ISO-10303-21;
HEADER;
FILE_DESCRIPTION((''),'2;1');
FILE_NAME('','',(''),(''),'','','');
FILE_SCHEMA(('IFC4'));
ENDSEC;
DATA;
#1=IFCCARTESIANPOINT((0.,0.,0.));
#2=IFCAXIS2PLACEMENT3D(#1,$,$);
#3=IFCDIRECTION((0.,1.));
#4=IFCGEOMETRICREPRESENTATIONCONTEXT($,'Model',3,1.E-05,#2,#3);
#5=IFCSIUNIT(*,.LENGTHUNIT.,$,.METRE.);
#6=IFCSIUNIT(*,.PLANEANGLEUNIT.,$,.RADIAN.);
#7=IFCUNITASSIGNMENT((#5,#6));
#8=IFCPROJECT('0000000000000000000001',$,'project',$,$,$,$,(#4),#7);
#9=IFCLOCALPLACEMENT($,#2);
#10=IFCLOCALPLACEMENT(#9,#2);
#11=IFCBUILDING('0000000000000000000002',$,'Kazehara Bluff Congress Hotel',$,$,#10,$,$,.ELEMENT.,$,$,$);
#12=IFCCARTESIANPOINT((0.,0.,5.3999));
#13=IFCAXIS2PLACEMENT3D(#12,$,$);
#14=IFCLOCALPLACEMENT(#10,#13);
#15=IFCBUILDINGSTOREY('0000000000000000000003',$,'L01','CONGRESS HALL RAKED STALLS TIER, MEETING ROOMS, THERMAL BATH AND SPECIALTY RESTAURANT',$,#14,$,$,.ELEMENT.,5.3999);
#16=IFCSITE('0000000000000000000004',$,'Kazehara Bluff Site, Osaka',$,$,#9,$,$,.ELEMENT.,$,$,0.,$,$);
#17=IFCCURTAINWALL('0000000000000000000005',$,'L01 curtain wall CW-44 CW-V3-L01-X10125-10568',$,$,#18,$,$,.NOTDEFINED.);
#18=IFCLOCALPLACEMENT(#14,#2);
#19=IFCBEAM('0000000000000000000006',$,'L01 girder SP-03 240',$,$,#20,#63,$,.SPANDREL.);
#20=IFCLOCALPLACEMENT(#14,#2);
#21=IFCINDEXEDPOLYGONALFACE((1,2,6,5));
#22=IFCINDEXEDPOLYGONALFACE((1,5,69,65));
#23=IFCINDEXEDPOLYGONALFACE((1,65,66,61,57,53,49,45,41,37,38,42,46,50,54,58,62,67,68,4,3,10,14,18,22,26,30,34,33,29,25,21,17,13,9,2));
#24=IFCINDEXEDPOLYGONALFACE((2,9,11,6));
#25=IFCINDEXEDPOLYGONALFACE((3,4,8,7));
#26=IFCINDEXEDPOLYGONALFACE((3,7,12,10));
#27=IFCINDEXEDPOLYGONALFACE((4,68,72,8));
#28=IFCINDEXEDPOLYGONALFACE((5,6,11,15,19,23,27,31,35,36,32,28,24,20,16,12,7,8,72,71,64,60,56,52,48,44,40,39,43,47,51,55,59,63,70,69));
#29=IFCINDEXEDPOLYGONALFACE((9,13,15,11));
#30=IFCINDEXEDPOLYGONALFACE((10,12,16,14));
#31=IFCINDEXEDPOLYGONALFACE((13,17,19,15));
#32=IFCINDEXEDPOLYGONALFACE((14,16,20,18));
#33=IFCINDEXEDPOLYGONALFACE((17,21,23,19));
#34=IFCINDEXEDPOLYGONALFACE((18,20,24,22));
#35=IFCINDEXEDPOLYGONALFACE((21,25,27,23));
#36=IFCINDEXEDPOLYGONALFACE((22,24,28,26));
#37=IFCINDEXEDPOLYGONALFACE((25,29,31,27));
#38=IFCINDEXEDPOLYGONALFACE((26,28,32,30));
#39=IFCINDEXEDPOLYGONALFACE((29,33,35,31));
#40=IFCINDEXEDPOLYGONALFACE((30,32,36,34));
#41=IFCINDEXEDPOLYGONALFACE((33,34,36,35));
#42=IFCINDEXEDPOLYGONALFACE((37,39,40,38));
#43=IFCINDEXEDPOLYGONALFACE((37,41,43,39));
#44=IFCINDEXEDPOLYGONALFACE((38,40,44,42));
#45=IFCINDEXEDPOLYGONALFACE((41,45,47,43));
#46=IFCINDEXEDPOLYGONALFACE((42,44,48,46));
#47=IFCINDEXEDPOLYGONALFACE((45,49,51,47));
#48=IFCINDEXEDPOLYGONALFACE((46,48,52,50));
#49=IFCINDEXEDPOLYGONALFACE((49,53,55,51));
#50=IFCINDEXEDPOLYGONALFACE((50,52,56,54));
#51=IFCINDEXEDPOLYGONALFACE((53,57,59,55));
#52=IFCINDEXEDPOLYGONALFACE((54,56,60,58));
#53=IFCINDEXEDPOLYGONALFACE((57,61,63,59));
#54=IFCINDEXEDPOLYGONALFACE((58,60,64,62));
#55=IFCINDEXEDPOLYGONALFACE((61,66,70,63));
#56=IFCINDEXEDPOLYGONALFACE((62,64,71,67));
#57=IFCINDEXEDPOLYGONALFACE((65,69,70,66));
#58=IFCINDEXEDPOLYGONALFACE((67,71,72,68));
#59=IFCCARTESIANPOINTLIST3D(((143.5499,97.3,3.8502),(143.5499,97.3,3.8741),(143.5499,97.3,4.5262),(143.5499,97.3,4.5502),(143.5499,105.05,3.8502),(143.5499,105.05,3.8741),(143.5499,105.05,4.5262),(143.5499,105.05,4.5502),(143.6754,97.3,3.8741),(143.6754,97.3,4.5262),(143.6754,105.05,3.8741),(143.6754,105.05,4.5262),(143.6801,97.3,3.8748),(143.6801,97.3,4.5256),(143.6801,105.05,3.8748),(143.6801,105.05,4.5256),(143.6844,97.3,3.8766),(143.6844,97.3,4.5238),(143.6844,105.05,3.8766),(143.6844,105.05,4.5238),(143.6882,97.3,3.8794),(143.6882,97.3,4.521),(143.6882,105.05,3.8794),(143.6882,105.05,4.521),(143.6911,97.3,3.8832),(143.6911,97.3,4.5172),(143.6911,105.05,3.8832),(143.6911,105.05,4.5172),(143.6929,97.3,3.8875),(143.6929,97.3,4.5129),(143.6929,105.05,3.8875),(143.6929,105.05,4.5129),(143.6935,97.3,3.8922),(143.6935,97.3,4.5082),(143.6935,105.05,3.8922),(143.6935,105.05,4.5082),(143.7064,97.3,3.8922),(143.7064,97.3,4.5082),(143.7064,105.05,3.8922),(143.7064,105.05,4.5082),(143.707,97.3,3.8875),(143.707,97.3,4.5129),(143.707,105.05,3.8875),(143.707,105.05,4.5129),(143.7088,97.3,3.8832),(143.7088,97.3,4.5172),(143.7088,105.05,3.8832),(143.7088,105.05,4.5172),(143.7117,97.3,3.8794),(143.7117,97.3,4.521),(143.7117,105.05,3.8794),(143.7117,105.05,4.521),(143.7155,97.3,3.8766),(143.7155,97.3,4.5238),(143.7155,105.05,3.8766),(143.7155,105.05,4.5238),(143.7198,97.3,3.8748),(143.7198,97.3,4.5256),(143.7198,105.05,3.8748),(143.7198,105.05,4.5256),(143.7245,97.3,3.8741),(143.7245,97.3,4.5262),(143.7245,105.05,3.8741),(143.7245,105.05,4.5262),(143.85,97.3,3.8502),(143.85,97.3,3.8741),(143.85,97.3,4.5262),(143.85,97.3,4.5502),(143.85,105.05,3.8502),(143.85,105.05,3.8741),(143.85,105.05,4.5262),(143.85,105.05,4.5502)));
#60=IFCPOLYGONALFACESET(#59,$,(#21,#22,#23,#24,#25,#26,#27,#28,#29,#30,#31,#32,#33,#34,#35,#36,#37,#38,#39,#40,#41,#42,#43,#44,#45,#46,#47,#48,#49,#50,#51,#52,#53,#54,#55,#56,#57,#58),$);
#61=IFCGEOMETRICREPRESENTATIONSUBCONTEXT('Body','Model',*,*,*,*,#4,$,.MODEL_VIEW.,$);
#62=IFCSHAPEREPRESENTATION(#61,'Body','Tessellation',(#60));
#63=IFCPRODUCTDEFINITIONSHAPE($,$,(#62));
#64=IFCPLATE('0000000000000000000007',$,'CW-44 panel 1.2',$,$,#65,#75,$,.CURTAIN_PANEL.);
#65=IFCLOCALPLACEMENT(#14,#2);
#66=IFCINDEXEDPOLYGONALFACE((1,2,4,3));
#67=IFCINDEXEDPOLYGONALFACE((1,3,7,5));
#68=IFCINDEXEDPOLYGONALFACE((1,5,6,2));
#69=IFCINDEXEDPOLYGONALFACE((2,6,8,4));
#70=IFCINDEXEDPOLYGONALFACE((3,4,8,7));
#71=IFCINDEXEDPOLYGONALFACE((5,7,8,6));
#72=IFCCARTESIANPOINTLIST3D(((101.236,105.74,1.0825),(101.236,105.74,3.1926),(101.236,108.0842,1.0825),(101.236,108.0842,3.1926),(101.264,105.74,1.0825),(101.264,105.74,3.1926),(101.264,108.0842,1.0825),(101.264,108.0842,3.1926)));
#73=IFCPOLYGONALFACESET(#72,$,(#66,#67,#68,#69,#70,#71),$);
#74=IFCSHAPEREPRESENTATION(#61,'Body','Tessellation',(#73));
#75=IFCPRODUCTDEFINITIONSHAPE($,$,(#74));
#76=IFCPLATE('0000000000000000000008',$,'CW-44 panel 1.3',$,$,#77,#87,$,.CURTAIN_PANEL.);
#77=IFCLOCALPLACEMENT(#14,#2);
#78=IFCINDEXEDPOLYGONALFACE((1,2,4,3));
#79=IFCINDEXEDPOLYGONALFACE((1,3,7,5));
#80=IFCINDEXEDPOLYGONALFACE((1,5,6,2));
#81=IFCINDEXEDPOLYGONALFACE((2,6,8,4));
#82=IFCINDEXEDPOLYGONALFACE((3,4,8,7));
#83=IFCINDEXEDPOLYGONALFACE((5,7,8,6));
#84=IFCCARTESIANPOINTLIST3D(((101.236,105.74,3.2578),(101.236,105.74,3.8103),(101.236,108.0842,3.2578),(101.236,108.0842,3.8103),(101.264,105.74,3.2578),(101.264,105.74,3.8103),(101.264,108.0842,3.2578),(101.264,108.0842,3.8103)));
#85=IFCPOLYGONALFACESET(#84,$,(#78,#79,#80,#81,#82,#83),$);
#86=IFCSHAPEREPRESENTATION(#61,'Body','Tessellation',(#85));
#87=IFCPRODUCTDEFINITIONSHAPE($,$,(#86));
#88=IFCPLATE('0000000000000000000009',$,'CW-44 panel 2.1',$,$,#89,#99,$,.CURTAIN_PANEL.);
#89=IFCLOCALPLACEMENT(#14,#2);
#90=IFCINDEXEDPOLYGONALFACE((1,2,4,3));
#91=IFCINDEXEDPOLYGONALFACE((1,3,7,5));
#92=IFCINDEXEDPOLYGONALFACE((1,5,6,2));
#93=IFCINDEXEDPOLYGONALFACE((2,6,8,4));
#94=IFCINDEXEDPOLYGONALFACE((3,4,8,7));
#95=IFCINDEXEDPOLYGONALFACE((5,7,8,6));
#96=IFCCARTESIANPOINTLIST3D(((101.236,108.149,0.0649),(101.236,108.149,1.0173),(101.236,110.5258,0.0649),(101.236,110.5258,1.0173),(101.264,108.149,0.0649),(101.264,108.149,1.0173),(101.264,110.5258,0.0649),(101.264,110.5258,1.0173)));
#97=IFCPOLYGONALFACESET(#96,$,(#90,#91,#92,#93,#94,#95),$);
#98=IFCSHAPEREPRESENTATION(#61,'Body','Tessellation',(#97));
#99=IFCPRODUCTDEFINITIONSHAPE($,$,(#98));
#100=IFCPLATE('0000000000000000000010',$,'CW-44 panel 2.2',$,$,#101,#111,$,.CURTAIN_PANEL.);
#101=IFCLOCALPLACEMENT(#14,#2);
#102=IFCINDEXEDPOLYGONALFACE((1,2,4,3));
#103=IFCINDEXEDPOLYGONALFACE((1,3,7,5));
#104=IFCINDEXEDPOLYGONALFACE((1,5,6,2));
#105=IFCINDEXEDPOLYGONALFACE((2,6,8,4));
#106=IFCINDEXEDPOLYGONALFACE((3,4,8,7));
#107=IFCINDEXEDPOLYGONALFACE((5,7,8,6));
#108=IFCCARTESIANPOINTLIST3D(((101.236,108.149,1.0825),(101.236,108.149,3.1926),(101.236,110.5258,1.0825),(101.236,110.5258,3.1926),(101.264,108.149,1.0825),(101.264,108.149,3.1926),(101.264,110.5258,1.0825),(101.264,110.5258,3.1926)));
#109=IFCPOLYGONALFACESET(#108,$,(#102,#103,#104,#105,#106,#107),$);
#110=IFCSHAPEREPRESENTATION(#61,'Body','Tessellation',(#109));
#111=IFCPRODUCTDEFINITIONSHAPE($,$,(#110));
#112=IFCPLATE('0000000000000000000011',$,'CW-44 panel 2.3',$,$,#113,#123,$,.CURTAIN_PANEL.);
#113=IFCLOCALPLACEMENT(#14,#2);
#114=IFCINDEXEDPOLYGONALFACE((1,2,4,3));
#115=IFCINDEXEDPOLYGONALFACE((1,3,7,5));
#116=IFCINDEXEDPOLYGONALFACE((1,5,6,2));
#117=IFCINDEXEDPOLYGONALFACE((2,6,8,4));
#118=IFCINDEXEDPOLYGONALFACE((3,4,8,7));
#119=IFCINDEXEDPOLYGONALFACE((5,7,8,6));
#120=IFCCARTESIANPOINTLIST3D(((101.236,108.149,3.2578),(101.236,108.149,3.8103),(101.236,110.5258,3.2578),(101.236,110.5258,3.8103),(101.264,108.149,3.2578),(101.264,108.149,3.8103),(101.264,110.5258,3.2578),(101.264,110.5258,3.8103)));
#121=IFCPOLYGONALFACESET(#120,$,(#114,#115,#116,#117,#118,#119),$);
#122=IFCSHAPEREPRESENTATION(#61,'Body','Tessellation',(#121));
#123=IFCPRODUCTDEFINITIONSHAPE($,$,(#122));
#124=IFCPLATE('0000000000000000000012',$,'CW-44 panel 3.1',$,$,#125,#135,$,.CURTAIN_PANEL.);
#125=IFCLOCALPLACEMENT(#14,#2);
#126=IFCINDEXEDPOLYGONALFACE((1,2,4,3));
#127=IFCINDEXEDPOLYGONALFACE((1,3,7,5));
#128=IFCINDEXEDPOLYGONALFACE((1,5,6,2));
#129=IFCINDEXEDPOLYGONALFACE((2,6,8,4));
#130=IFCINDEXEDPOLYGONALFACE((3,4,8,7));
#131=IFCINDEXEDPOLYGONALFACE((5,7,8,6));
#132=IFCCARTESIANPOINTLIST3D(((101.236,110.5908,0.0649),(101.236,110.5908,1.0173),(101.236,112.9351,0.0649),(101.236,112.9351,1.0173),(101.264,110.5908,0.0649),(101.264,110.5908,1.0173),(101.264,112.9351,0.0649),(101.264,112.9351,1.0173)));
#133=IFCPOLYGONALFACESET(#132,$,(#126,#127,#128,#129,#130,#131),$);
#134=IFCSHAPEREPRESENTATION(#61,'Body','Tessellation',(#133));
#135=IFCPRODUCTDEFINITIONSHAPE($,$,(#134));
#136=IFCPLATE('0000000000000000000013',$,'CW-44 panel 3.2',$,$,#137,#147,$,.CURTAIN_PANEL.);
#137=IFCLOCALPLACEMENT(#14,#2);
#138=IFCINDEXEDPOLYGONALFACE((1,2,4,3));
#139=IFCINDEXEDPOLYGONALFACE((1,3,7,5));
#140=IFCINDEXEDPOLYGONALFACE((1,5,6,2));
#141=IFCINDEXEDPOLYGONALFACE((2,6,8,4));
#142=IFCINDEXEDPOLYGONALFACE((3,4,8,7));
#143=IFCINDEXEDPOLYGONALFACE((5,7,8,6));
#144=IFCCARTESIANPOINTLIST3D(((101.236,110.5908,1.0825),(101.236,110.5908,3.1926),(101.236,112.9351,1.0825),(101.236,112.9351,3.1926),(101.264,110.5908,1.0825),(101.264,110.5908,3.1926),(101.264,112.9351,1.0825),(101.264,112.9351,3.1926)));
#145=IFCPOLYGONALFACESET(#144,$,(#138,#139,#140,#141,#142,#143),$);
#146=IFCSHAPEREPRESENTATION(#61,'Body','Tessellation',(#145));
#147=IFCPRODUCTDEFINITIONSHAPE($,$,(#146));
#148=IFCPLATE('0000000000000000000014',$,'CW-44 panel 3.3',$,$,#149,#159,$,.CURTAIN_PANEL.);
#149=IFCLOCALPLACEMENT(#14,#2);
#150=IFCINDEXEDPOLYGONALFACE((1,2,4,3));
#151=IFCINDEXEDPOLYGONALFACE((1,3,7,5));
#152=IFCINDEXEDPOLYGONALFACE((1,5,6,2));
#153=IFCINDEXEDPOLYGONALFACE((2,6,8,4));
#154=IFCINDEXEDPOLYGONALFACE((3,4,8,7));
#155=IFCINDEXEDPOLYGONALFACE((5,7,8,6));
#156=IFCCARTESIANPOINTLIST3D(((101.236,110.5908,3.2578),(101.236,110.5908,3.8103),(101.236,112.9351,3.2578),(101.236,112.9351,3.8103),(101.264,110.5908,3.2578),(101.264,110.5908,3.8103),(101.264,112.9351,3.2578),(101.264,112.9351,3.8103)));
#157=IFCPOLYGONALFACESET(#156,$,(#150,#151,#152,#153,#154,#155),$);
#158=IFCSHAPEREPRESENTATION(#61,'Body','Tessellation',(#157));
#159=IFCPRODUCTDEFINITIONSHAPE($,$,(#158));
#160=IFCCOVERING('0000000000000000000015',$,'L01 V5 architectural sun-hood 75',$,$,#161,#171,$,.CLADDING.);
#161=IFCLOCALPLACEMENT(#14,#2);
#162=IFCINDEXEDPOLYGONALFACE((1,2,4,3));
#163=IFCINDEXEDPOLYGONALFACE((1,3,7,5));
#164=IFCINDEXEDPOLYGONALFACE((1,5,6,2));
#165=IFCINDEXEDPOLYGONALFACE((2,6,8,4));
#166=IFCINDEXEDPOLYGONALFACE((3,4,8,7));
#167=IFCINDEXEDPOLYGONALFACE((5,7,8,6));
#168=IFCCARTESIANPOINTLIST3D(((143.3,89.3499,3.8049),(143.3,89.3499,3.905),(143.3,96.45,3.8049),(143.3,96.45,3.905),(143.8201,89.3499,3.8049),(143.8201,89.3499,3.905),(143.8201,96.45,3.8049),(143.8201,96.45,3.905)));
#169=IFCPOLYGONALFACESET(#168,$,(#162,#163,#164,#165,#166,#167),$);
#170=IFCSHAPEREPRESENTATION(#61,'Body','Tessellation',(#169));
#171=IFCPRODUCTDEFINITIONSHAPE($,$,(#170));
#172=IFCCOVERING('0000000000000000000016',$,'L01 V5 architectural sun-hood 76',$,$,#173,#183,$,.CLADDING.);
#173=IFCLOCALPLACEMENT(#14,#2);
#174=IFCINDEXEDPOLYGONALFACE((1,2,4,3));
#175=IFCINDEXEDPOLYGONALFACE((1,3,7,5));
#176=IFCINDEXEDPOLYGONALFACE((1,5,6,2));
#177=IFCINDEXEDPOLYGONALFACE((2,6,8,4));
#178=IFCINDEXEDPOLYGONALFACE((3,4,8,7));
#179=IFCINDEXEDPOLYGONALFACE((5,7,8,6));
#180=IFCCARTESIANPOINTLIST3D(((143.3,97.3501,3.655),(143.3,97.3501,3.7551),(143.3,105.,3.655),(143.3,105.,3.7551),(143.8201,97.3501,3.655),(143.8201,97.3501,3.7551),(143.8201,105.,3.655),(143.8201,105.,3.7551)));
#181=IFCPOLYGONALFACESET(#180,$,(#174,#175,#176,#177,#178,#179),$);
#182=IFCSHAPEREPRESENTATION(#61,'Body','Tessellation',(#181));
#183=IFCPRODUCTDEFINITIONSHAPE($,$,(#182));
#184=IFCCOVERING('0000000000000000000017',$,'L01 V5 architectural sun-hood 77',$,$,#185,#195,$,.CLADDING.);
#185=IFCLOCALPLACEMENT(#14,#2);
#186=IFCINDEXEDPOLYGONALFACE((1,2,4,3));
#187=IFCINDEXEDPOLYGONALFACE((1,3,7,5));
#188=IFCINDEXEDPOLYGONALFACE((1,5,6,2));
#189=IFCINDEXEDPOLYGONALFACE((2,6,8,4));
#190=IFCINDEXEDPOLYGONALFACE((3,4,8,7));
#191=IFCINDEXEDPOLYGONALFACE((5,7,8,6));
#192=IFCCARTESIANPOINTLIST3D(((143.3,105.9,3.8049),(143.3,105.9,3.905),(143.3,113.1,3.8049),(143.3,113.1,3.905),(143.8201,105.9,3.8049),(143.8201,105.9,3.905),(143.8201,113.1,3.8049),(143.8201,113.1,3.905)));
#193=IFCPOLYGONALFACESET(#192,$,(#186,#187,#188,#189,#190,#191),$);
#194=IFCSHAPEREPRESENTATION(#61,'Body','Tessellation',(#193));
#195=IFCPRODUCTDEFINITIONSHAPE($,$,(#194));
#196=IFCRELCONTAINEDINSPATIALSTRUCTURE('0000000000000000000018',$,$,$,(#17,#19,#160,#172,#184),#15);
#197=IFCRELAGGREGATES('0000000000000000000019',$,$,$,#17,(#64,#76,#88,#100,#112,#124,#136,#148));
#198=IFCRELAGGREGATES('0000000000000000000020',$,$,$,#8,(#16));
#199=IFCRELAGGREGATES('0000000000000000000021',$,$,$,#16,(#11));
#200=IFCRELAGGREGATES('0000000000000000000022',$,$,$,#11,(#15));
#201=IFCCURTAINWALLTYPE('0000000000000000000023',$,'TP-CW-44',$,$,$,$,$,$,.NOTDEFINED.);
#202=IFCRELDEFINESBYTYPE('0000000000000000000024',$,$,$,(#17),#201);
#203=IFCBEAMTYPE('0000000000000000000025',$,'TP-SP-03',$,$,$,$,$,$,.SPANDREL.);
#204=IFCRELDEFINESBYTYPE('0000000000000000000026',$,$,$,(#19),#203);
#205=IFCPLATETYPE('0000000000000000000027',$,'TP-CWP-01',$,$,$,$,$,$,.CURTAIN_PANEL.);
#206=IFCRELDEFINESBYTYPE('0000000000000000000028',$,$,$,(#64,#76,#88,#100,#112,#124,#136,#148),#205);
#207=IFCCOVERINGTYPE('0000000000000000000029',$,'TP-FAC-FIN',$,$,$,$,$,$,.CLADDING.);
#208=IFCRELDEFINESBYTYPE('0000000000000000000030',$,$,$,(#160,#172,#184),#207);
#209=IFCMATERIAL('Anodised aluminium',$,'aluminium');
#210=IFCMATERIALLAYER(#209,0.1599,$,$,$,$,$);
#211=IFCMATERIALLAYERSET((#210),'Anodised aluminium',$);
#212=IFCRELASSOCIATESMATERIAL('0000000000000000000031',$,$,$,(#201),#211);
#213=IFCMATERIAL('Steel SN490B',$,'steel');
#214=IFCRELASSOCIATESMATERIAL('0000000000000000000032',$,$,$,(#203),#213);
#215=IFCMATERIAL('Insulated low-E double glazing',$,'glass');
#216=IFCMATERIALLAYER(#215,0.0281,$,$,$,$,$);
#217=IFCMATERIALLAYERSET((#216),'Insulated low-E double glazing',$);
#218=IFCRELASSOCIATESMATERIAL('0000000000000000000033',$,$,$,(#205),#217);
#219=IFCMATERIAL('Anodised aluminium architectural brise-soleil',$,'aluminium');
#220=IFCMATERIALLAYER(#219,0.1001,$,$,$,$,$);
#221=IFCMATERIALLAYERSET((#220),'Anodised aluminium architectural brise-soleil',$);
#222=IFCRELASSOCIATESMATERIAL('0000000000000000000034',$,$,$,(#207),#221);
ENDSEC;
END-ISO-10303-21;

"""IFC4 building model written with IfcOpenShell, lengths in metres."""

from ifc_helpers import new_model, si_unit, direction, frame, origin, origin_2d, place, context, subcontext, project, spatial, rectangle, i_section, extrude, material, layer, layer_set, material_profile, profile_set, type_object, element, aggregate, save


model = new_model("IFC4")

# Units and contexts
model_context = context("Model", 3, precision=1e-05, world=origin(), true_north=direction((0.0, 1.0)))
body_context = subcontext(model_context, "Body", "Model", "MODEL_VIEW")
ifc_project = project(units=[si_unit("LENGTHUNIT", "METRE"), si_unit("PLANEANGLEUNIT", "RADIAN")], contexts=[model_context])

# Site, building, storey
site_placement = place(None, origin())
site = spatial("IfcSite", under=ifc_project, at=site_placement, Name="Kazehara Bluff Site, Osaka", CompositionType="ELEMENT", RefElevation=0.0)
building_placement = place(site_placement, origin())
building = spatial("IfcBuilding", under=site, at=building_placement, Name="Kazehara Bluff Congress Hotel", CompositionType="ELEMENT")
storey_placement = place(building_placement, frame((0.0, 0.0, 5.3999)))
storey = spatial("IfcBuildingStorey", under=building, at=storey_placement, Name="L01", Description="CONGRESS HALL RAKED STALLS TIER, MEETING ROOMS, THERMAL BATH AND SPECIALTY RESTAURANT", CompositionType="ELEMENT", Elevation=5.3999)

# Curtain wall
ifc_material_1 = material(Name="Anodised aluminium", Category="aluminium")
ifc_layer_1 = layer(ifc_material_1, 0.1599)
ifc_layer_set_1 = layer_set([ifc_layer_1], Name="Anodised aluminium")
curtain_wall_type = type_object("IfcCurtainWallType", Name="TP-CW-44", PredefinedType="NOTDEFINED", material=ifc_layer_set_1)
curtain_wall_placement = place(storey_placement, origin())
curtain_wall = element("IfcCurtainWall", 1, at=curtain_wall_placement, inside=storey, type_object=curtain_wall_type, Name="L01 curtain wall CW-44 CW-V3-L01-X10125-10568", PredefinedType="NOTDEFINED")

# Beam
ifc_material_2 = material(Name="Steel SN490B", Category="steel")
ifc_material_profile_1 = material_profile(ifc_material_2, i_section(OverallWidth=0.3, OverallDepth=0.7, WebThickness=0.0129, FlangeThickness=0.0239, FilletRadius=0.0181, at=origin_2d()))
ifc_profile_set_1 = profile_set([ifc_material_profile_1], Name="Steel SN490B")
beam_type_1 = type_object("IfcBeamType", Name="TP-SP-03", PredefinedType="SPANDREL", material=ifc_profile_set_1)
beam_1_placement = place(storey_placement, frame((143.7, 97.3, 4.2002), z_axis=(0.0, 1.0, 0.0), x_axis=(-1.0, 0.0, 0.0)))
element("IfcBeam", 2, at=beam_1_placement, inside=storey, type_object=beam_type_1, Name="L01 girder SP-03 240", PredefinedType="SPANDREL", context=body_context, shape_type="SweptSolid", body=[
    extrude(i_section(OverallWidth=0.3, OverallDepth=0.7, WebThickness=0.0129, FlangeThickness=0.0239, FilletRadius=0.0181, at=origin_2d()), origin(), (0.0, 0.0, 1.0), 7.75),
])

# Plates
ifc_material_3 = material(Name="Insulated low-E double glazing", Category="glass")
ifc_layer_2 = layer(ifc_material_3, 0.0281)
ifc_layer_set_2 = layer_set([ifc_layer_2], Name="Insulated low-E double glazing")
plate_type = type_object("IfcPlateType", Name="TP-CWP-01", PredefinedType="CURTAIN_PANEL", material=ifc_layer_set_2)
plate_1_placement = place(storey_placement, frame((101.25, 106.9121, 1.0825), z_axis=(0.0, 0.0, 1.0), x_axis=(0.0, 1.0, 0.0)))
plate_1 = element("IfcPlate", 3, at=plate_1_placement, type_object=plate_type, Name="CW-44 panel 1.2", PredefinedType="CURTAIN_PANEL", context=body_context, shape_type="SweptSolid", body=[
    extrude(rectangle(XDim=2.3442, YDim=0.0281, at=origin_2d()), origin(), (0.0, 0.0, 1.0), 2.1101),
])
plate_2_placement = place(storey_placement, frame((101.25, 106.9121, 3.2578), z_axis=(0.0, 0.0, 1.0), x_axis=(0.0, 1.0, 0.0)))
plate_2 = element("IfcPlate", 4, at=plate_2_placement, type_object=plate_type, Name="CW-44 panel 1.3", PredefinedType="CURTAIN_PANEL", context=body_context, shape_type="SweptSolid", body=[
    extrude(rectangle(XDim=2.3442, YDim=0.0281, at=origin_2d()), origin(), (0.0, 0.0, 1.0), 0.5525),
])
plate_3_placement = place(storey_placement, frame((101.25, 109.3374, 0.0649), z_axis=(0.0, 0.0, 1.0), x_axis=(0.0, 1.0, 0.0)))
plate_3 = element("IfcPlate", 5, at=plate_3_placement, type_object=plate_type, Name="CW-44 panel 2.1", PredefinedType="CURTAIN_PANEL", context=body_context, shape_type="SweptSolid", body=[
    extrude(rectangle(XDim=2.3767, YDim=0.0281, at=origin_2d()), origin(), (0.0, 0.0, 1.0), 0.9524),
])
plate_4_placement = place(storey_placement, frame((101.25, 109.3374, 1.0825), z_axis=(0.0, 0.0, 1.0), x_axis=(0.0, 1.0, 0.0)))
plate_4 = element("IfcPlate", 6, at=plate_4_placement, type_object=plate_type, Name="CW-44 panel 2.2", PredefinedType="CURTAIN_PANEL", context=body_context, shape_type="SweptSolid", body=[
    extrude(rectangle(XDim=2.3767, YDim=0.0281, at=origin_2d()), origin(), (0.0, 0.0, 1.0), 2.1101),
])
plate_5_placement = place(storey_placement, frame((101.25, 109.3374, 3.2578), z_axis=(0.0, 0.0, 1.0), x_axis=(0.0, 1.0, 0.0)))
plate_5 = element("IfcPlate", 7, at=plate_5_placement, type_object=plate_type, Name="CW-44 panel 2.3", PredefinedType="CURTAIN_PANEL", context=body_context, shape_type="SweptSolid", body=[
    extrude(rectangle(XDim=2.3767, YDim=0.0281, at=origin_2d()), origin(), (0.0, 0.0, 1.0), 0.5525),
])
plate_6_placement = place(storey_placement, frame((101.25, 111.7629, 0.0649), z_axis=(0.0, 0.0, 1.0), x_axis=(0.0, 1.0, 0.0)))
plate_6 = element("IfcPlate", 8, at=plate_6_placement, type_object=plate_type, Name="CW-44 panel 3.1", PredefinedType="CURTAIN_PANEL", context=body_context, shape_type="SweptSolid", body=[
    extrude(rectangle(XDim=2.3442, YDim=0.0281, at=origin_2d()), origin(), (0.0, 0.0, 1.0), 0.9524),
])
plate_7_placement = place(storey_placement, frame((101.25, 111.7629, 1.0825), z_axis=(0.0, 0.0, 1.0), x_axis=(0.0, 1.0, 0.0)))
plate_7 = element("IfcPlate", 9, at=plate_7_placement, type_object=plate_type, Name="CW-44 panel 3.2", PredefinedType="CURTAIN_PANEL", context=body_context, shape_type="SweptSolid", body=[
    extrude(rectangle(XDim=2.3442, YDim=0.0281, at=origin_2d()), origin(), (0.0, 0.0, 1.0), 2.1101),
])
plate_8_placement = place(storey_placement, frame((101.25, 111.7629, 3.2578), z_axis=(0.0, 0.0, 1.0), x_axis=(0.0, 1.0, 0.0)))
plate_8 = element("IfcPlate", 10, at=plate_8_placement, type_object=plate_type, Name="CW-44 panel 3.3", PredefinedType="CURTAIN_PANEL", context=body_context, shape_type="SweptSolid", body=[
    extrude(rectangle(XDim=2.3442, YDim=0.0281, at=origin_2d()), origin(), (0.0, 0.0, 1.0), 0.5525),
])
aggregate(curtain_wall, [plate_1, plate_2, plate_3, plate_4, plate_5, plate_6, plate_7, plate_8])

# Coverings
ifc_material_4 = material(Name="Anodised aluminium architectural brise-soleil", Category="aluminium")
ifc_layer_3 = layer(ifc_material_4, 0.1001)
ifc_layer_set_3 = layer_set([ifc_layer_3], Name="Anodised aluminium architectural brise-soleil")
covering_type = type_object("IfcCoveringType", Name="TP-FAC-FIN", PredefinedType="CLADDING", material=ifc_layer_set_3)
covering_1_placement = place(storey_placement, frame((143.5601, 92.8999, 3.8049), z_axis=(0.0, 0.0, 1.0), x_axis=(1.0, 0.0, 0.0)))
element("IfcCovering", 11, at=covering_1_placement, inside=storey, type_object=covering_type, Name="L01 V5 architectural sun-hood 75", PredefinedType="CLADDING", context=body_context, shape_type="SweptSolid", body=[
    extrude(rectangle(XDim=0.52, YDim=7.1001, at=origin_2d()), origin(), (0.0, 0.0, 1.0), 0.1001),
])
covering_2_placement = place(storey_placement, frame((143.5601, 101.175, 3.655), z_axis=(0.0, 0.0, 1.0), x_axis=(1.0, 0.0, 0.0)))
element("IfcCovering", 12, at=covering_2_placement, inside=storey, type_object=covering_type, Name="L01 V5 architectural sun-hood 76", PredefinedType="CLADDING", context=body_context, shape_type="SweptSolid", body=[
    extrude(rectangle(XDim=0.52, YDim=7.6499, at=origin_2d()), origin(), (0.0, 0.0, 1.0), 0.1001),
])
covering_3_placement = place(storey_placement, frame((143.5601, 109.5, 3.8049), z_axis=(0.0, 0.0, 1.0), x_axis=(1.0, 0.0, 0.0)))
element("IfcCovering", 13, at=covering_3_placement, inside=storey, type_object=covering_type, Name="L01 V5 architectural sun-hood 77", PredefinedType="CLADDING", context=body_context, shape_type="SweptSolid", body=[
    extrude(rectangle(XDim=0.52, YDim=7.2, at=origin_2d()), origin(), (0.0, 0.0, 1.0), 0.1001),
])

save(model, "model.ifc")
